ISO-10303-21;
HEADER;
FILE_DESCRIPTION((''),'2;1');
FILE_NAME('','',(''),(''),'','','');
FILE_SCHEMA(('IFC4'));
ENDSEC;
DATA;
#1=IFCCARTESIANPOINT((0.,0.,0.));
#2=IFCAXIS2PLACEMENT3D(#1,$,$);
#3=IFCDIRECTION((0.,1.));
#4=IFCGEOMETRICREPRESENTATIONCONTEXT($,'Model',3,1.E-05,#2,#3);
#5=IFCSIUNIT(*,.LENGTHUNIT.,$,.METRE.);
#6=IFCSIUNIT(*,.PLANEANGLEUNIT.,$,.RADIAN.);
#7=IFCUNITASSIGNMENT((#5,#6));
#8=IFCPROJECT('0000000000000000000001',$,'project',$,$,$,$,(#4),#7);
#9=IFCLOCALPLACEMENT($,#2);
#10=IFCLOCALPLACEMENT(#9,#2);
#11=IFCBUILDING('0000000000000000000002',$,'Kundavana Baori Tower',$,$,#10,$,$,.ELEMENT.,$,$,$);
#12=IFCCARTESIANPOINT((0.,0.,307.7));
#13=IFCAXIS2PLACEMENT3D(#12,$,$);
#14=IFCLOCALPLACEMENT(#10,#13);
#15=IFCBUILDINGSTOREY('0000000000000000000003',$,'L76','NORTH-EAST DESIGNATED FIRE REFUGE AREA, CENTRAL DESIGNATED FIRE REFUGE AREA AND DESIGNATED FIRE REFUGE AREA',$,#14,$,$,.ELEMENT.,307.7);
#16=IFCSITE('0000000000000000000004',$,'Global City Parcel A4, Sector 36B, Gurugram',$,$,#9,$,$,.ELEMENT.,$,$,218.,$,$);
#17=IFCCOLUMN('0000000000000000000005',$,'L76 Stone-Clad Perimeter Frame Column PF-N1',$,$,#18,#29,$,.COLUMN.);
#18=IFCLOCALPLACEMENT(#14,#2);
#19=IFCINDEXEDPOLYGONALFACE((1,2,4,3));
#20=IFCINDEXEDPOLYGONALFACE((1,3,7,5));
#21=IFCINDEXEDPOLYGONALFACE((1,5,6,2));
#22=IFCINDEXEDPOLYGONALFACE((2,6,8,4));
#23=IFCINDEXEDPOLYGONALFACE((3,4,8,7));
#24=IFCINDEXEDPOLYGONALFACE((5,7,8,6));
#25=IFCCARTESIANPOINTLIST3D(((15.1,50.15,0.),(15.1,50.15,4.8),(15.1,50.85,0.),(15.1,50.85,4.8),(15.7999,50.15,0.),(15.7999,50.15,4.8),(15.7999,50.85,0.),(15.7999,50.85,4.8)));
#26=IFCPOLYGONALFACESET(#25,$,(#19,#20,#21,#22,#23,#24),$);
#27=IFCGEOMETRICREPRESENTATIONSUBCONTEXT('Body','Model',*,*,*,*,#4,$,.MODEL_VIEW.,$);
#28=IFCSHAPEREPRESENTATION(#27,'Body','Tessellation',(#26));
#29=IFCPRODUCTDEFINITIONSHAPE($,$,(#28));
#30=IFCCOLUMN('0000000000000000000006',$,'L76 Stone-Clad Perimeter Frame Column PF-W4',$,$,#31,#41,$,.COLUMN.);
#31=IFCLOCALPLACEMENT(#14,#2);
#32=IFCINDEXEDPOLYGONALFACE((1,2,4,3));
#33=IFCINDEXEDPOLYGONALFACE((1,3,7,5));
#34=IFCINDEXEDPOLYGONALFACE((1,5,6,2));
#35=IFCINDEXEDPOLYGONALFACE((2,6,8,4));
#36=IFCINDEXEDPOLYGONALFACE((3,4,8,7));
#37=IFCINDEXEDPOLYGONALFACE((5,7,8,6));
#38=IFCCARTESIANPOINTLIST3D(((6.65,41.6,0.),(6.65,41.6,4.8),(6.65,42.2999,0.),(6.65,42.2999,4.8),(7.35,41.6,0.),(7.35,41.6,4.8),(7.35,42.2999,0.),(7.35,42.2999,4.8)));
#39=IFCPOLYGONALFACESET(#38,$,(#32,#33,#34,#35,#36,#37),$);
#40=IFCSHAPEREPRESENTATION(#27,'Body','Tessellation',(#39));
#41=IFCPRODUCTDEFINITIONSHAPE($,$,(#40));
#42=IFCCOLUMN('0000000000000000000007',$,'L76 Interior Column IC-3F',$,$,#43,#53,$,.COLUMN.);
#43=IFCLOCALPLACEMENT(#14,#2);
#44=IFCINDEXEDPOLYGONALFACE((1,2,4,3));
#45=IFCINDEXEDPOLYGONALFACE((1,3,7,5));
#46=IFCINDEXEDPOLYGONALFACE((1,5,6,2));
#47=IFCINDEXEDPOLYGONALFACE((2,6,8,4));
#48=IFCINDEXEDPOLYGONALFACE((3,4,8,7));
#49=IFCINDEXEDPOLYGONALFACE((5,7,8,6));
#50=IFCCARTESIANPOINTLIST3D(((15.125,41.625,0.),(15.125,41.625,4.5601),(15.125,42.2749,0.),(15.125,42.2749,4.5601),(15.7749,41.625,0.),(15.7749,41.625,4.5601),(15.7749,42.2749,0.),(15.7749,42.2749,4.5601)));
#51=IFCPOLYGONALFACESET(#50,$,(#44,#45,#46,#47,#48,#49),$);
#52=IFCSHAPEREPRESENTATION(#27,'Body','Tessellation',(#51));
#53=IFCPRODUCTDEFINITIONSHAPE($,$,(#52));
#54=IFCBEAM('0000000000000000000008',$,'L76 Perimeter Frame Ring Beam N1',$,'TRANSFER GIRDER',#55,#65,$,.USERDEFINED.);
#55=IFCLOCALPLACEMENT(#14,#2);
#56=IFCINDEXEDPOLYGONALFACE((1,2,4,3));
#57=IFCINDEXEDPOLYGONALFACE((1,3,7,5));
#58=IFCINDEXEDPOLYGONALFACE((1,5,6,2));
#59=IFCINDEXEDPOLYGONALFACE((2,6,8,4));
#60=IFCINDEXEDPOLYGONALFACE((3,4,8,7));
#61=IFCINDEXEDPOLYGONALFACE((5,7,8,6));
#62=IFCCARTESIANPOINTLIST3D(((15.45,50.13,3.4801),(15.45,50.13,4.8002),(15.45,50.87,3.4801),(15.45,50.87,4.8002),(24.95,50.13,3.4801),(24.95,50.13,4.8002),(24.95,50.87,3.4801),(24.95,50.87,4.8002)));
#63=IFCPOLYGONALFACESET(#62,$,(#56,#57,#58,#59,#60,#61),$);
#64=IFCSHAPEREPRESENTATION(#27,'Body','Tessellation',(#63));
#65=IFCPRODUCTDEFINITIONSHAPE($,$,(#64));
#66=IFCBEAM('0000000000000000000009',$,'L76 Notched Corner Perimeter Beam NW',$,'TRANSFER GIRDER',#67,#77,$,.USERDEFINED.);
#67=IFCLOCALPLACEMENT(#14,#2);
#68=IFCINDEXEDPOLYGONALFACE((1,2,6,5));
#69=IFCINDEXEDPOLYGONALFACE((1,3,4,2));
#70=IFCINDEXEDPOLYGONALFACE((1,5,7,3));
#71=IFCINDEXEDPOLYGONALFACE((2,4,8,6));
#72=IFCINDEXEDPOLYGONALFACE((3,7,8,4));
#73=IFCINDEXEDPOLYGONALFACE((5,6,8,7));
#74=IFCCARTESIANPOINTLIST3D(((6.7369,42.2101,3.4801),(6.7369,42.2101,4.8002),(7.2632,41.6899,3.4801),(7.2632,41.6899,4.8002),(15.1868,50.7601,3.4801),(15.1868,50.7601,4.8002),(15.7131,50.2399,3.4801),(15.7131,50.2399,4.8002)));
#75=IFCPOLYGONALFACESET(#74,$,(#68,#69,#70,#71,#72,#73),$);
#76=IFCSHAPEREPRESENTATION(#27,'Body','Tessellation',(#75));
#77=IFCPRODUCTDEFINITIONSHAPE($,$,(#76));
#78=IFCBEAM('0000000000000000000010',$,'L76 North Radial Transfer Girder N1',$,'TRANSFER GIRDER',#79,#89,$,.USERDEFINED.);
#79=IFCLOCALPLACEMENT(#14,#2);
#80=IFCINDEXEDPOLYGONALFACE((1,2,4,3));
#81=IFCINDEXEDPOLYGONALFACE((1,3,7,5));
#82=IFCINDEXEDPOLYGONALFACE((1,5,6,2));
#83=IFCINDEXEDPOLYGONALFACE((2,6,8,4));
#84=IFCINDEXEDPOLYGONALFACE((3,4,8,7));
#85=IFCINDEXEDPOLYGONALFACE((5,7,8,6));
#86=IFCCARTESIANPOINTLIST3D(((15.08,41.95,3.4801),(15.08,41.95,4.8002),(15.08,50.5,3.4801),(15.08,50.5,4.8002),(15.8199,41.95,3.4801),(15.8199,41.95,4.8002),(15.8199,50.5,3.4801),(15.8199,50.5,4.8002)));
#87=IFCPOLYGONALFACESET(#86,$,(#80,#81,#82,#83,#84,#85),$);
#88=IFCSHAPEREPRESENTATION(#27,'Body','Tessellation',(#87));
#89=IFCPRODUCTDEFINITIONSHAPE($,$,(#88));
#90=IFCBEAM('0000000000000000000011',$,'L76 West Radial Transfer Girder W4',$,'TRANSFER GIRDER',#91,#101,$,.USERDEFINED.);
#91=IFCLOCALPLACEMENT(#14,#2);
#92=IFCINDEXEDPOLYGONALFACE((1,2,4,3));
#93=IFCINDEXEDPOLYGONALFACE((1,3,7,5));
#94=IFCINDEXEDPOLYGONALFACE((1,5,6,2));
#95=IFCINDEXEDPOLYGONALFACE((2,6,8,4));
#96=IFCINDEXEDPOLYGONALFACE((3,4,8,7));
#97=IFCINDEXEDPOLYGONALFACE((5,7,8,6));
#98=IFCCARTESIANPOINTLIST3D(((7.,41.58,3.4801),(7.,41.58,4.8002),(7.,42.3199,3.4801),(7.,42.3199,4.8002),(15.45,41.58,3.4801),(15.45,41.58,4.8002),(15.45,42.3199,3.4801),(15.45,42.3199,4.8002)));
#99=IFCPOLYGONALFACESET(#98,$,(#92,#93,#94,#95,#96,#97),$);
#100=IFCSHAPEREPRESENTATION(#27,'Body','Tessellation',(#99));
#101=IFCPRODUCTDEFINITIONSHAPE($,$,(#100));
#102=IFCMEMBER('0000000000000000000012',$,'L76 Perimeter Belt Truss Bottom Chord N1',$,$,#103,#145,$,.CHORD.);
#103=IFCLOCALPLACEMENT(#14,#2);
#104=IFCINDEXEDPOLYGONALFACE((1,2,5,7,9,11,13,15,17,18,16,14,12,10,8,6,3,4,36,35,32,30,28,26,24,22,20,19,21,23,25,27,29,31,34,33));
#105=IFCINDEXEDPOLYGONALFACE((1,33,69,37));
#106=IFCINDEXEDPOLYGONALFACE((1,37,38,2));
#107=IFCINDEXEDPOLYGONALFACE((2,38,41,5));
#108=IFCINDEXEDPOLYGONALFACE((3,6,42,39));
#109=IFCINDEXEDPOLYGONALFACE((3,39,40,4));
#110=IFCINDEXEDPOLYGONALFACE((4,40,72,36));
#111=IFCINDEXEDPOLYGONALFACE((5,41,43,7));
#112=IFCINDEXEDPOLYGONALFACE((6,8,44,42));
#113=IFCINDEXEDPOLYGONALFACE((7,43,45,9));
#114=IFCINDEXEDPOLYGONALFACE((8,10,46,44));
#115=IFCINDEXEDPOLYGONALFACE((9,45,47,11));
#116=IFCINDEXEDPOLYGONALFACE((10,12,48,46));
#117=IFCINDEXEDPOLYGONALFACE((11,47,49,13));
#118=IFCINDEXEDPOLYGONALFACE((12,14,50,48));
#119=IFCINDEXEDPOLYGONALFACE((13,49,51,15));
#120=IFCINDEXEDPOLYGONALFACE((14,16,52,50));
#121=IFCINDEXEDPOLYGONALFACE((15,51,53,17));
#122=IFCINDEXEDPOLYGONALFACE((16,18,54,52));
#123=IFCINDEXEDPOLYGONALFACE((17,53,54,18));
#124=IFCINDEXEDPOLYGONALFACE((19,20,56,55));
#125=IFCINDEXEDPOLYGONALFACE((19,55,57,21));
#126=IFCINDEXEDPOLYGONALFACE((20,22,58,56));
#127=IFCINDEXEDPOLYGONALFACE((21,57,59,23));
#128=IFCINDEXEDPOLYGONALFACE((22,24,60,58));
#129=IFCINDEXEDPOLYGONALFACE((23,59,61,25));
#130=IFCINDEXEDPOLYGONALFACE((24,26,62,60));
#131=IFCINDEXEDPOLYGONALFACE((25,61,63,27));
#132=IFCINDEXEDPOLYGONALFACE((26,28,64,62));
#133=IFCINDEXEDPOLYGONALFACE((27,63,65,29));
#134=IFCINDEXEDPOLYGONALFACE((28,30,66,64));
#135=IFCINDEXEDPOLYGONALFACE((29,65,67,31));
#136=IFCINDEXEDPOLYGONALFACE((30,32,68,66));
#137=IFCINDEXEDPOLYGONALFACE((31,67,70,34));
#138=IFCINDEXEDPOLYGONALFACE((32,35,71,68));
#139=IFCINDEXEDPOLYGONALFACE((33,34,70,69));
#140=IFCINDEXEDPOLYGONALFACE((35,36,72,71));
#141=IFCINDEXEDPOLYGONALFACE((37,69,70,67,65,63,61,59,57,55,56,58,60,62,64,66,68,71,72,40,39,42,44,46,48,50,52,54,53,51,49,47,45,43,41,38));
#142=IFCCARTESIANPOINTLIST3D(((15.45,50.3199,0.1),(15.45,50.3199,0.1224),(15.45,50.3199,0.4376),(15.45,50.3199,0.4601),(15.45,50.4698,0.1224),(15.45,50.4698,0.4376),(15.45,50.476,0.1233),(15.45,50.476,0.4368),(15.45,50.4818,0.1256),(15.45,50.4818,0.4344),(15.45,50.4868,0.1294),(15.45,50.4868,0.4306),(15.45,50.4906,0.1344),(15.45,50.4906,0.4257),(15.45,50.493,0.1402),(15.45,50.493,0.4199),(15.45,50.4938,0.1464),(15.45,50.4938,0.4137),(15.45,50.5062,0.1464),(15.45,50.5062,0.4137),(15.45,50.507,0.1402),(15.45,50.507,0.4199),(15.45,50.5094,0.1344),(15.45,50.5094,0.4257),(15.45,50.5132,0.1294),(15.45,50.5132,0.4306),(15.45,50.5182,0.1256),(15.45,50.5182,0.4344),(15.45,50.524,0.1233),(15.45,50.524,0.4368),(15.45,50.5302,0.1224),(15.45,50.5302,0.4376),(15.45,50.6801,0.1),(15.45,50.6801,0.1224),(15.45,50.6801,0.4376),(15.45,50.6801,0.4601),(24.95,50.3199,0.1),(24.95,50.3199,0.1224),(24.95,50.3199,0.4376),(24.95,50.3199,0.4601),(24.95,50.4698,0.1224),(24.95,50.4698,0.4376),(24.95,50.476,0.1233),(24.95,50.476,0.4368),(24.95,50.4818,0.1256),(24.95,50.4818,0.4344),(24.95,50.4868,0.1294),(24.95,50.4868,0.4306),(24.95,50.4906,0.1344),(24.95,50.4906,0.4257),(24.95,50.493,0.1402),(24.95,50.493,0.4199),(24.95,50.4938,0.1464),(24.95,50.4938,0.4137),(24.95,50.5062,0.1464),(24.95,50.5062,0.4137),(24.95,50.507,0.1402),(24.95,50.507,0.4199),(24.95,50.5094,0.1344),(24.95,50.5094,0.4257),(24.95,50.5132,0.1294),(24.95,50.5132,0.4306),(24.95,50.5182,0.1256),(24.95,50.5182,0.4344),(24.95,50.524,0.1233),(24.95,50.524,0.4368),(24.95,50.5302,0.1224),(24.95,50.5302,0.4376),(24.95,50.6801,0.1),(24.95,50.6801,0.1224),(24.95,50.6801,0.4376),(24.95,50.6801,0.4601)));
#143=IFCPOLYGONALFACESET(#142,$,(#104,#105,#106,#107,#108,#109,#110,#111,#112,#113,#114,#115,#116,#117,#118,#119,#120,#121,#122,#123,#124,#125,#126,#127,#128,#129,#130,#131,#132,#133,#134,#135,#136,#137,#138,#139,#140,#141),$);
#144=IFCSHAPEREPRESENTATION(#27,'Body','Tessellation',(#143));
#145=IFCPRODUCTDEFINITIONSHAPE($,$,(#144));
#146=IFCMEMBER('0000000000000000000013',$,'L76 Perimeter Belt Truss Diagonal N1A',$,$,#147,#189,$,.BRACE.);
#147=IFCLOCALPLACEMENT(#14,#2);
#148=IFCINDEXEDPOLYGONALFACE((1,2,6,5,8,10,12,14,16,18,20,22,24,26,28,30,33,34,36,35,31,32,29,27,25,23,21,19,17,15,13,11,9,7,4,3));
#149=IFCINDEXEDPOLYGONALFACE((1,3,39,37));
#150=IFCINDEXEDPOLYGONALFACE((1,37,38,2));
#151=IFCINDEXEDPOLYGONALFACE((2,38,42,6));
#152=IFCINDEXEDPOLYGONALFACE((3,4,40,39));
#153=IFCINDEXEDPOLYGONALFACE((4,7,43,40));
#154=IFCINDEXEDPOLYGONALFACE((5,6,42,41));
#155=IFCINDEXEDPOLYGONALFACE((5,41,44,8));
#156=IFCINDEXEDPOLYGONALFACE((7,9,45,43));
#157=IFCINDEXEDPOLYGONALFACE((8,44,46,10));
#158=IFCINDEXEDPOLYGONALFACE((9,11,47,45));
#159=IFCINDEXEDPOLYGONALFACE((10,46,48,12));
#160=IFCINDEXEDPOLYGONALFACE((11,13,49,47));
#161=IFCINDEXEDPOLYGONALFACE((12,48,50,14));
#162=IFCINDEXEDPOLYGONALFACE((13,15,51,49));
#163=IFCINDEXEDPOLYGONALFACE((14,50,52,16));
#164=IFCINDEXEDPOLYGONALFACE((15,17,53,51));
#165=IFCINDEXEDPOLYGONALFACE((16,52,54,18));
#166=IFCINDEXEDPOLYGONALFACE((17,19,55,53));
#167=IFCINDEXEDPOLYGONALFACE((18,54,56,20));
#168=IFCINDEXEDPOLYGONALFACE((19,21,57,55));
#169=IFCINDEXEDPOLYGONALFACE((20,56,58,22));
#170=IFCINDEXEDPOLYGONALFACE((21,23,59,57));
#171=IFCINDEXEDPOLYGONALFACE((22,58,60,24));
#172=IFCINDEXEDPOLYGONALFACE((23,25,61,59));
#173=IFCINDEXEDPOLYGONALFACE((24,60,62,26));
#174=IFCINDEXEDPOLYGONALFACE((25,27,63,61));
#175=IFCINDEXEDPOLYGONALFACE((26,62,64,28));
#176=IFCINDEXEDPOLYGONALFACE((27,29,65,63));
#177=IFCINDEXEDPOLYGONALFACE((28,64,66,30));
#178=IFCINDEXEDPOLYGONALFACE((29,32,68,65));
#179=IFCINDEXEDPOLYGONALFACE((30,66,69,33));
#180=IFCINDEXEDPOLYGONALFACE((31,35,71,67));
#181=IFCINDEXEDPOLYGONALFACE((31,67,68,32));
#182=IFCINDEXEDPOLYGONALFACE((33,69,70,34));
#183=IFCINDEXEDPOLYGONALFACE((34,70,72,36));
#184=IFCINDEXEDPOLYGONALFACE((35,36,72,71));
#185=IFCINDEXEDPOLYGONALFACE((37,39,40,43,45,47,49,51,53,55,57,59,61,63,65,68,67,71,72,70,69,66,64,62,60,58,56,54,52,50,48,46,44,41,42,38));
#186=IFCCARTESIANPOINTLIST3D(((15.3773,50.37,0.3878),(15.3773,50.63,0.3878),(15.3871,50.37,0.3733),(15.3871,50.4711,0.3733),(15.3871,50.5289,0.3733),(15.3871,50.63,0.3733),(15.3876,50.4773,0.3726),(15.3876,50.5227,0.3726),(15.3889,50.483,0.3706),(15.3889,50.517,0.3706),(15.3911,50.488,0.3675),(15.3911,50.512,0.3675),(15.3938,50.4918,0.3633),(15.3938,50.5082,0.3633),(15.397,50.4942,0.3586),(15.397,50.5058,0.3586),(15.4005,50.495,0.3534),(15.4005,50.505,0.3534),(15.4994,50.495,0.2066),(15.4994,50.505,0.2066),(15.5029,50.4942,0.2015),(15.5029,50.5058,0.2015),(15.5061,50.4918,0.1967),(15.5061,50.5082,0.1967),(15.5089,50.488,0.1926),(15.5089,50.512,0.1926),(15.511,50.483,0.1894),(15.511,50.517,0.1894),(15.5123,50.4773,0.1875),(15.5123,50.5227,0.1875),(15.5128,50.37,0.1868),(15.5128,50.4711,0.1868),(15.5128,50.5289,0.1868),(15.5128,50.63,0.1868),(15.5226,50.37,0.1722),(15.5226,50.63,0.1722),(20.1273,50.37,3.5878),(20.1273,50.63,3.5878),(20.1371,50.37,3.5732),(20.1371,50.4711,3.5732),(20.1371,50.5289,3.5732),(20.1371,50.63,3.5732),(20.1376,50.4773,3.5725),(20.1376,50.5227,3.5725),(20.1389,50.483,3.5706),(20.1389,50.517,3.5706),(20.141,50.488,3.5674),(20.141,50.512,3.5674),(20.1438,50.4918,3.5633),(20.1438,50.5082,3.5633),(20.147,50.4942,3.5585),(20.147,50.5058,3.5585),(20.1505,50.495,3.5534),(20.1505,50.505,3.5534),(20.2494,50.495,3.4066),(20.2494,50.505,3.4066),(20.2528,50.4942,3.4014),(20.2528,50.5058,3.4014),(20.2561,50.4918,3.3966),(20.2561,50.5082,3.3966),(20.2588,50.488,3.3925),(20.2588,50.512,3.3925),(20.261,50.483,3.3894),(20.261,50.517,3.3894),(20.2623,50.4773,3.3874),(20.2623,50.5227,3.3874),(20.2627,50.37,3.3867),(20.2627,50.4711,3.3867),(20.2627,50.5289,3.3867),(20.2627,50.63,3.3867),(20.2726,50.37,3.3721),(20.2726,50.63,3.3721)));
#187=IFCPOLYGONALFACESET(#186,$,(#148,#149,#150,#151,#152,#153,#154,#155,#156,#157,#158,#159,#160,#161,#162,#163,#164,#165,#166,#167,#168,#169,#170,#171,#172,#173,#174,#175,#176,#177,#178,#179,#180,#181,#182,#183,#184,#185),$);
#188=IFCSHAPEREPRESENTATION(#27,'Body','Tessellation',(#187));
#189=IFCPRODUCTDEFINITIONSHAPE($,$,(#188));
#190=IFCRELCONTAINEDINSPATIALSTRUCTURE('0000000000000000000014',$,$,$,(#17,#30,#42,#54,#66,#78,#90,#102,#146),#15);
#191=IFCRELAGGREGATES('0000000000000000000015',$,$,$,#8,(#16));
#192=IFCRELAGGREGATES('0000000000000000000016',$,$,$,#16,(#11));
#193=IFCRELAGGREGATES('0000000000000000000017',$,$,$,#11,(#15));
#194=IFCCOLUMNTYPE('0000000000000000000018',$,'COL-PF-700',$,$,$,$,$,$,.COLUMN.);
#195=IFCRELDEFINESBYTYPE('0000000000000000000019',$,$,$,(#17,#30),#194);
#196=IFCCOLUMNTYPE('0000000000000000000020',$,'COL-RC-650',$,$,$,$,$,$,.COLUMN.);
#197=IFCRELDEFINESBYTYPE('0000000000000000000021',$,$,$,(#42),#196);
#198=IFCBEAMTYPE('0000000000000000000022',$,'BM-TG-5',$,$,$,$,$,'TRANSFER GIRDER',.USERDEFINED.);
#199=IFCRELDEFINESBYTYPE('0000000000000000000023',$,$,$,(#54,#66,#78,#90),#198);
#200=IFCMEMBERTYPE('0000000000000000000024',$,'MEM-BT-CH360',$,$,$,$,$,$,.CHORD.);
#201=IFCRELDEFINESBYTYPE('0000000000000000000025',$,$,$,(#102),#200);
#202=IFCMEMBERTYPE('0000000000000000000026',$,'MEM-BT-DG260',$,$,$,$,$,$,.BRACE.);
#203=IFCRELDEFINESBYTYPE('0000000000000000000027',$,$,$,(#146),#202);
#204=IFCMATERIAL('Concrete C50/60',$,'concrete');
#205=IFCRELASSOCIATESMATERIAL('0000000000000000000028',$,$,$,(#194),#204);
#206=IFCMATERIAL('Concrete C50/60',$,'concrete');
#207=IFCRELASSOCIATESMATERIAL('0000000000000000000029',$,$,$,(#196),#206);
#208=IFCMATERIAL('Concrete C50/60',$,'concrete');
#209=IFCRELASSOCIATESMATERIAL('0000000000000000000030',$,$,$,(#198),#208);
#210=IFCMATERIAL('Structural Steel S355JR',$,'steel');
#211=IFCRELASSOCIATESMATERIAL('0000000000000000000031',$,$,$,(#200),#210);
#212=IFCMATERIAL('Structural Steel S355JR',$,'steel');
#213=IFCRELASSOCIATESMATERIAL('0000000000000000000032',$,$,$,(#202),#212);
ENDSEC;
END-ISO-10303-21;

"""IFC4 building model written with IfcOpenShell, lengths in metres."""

from ifc_helpers import new_model, si_unit, direction, frame, origin, origin_2d, place, context, subcontext, project, spatial, rectangle, i_section, extrude, material, material_profile, profile_set, type_object, element, save


model = new_model("IFC4")

# Units and contexts
model_context = context("Model", 3, precision=1e-05, world=origin(), true_north=direction((0.0, 1.0)))
body_context = subcontext(model_context, "Body", "Model", "MODEL_VIEW")
ifc_project = project(units=[si_unit("LENGTHUNIT", "METRE"), si_unit("PLANEANGLEUNIT", "RADIAN")], contexts=[model_context])

# Site, building, storey
site_placement = place(None, origin())
site = spatial("IfcSite", under=ifc_project, at=site_placement, Name="Global City Parcel A4, Sector 36B, Gurugram", CompositionType="ELEMENT", RefElevation=218.0)
building_placement = place(site_placement, origin())
building = spatial("IfcBuilding", under=site, at=building_placement, Name="Kundavana Baori Tower", CompositionType="ELEMENT")
storey_placement = place(building_placement, frame((0.0, 0.0, 307.7)))
storey = spatial("IfcBuildingStorey", under=building, at=storey_placement, Name="L76", Description="NORTH-EAST DESIGNATED FIRE REFUGE AREA, CENTRAL DESIGNATED FIRE REFUGE AREA AND DESIGNATED FIRE REFUGE AREA", CompositionType="ELEMENT", Elevation=307.7)

# Columns
ifc_material_1 = material(Name="Concrete C50/60", Category="concrete")
ifc_material_profile_1 = material_profile(ifc_material_1, rectangle(XDim=0.7, YDim=0.7, at=origin_2d()), Name="RC PF 700x700")
ifc_profile_set_1 = profile_set([ifc_material_profile_1], Name="Concrete C50/60")
column_type_1 = type_object("IfcColumnType", Name="COL-PF-700", PredefinedType="COLUMN", material=ifc_profile_set_1)
for number, where, z_axis, x_axis, name in (
    (1, (15.45, 50.5, 0.0), (0.0, 0.0, 1.0), (1.0, 0.0, 0.0), "L76 Stone-Clad Perimeter Frame Column PF-N1"),
    (2, (7.0, 41.95, 0.0), (0.0, 0.0, 1.0), (1.0, 0.0, 0.0), "L76 Stone-Clad Perimeter Frame Column PF-W4"),
):
    element("IfcColumn", number, at=place(storey_placement, frame(where, z_axis=z_axis, x_axis=x_axis)), inside=storey, type_object=column_type_1, Name=name, PredefinedType="COLUMN", context=body_context, shape_type="SweptSolid", body=[
        extrude(rectangle(XDim=0.7, YDim=0.7, at=origin_2d()), origin(), (0.0, 0.0, 1.0), 4.8),
    ])
ifc_material_2 = material(Name="Concrete C50/60", Category="concrete")
ifc_material_profile_2 = material_profile(ifc_material_2, rectangle(XDim=0.6499, YDim=0.6499, at=origin_2d()), Name="RC 650x650")
ifc_profile_set_2 = profile_set([ifc_material_profile_2], Name="Concrete C50/60")
column_type_2 = type_object("IfcColumnType", Name="COL-RC-650", PredefinedType="COLUMN", material=ifc_profile_set_2)
column_placement = place(storey_placement, frame((15.45, 41.95, 0.0), z_axis=(0.0, 0.0, 1.0), x_axis=(1.0, 0.0, 0.0)))
element("IfcColumn", 3, at=column_placement, inside=storey, type_object=column_type_2, Name="L76 Interior Column IC-3F", PredefinedType="COLUMN", context=body_context, shape_type="SweptSolid", body=[
    extrude(rectangle(XDim=0.6499, YDim=0.6499, at=origin_2d()), origin(), (0.0, 0.0, 1.0), 4.5601),
])

# Beams
ifc_material_3 = material(Name="Concrete C50/60", Category="concrete")
ifc_material_profile_3 = material_profile(ifc_material_3, rectangle(XDim=0.74, YDim=1.3201, at=origin_2d()), Name="BM-TG-5")
ifc_profile_set_3 = profile_set([ifc_material_profile_3], Name="Concrete C50/60")
beam_type = type_object("IfcBeamType", Name="BM-TG-5", ElementType="TRANSFER GIRDER", PredefinedType="USERDEFINED", material=ifc_profile_set_3)
beam_1_placement = place(storey_placement, frame((15.45, 50.5, 4.1401), z_axis=(1.0, 0.0, 0.0), x_axis=(0.0, 1.0, 0.0)))
element("IfcBeam", 4, at=beam_1_placement, inside=storey, type_object=beam_type, Name="L76 Perimeter Frame Ring Beam N1", ObjectType="TRANSFER GIRDER", PredefinedType="USERDEFINED", context=body_context, shape_type="SweptSolid", body=[
    extrude(rectangle(XDim=0.74, YDim=1.3201, at=origin_2d()), origin(), (0.0, 0.0, 1.0), 9.5),
])
beam_2_placement = place(storey_placement, frame((15.45, 50.5, 4.1401), z_axis=(-0.702931, -0.711258, 0.0), x_axis=(0.711258, -0.702931, 0.0)))
element("IfcBeam", 5, at=beam_2_placement, inside=storey, type_object=beam_type, Name="L76 Notched Corner Perimeter Beam NW", ObjectType="TRANSFER GIRDER", PredefinedType="USERDEFINED", context=body_context, shape_type="SweptSolid", body=[
    extrude(rectangle(XDim=0.74, YDim=1.3201, at=origin_2d()), origin(), (0.0, 0.0, 1.0), 12.021),
])
beam_3_placement = place(storey_placement, frame((15.45, 41.95, 4.1401), z_axis=(0.0, 1.0, 0.0), x_axis=(-1.0, 0.0, 0.0)))
element("IfcBeam", 6, at=beam_3_placement, inside=storey, type_object=beam_type, Name="L76 North Radial Transfer Girder N1", ObjectType="TRANSFER GIRDER", PredefinedType="USERDEFINED", context=body_context, shape_type="SweptSolid", body=[
    extrude(rectangle(XDim=0.74, YDim=1.3201, at=origin_2d()), origin(), (0.0, 0.0, 1.0), 8.55),
])
beam_4_placement = place(storey_placement, frame((15.45, 41.95, 4.1401), z_axis=(-1.0, 0.0, 0.0), x_axis=(0.0, -1.0, 0.0)))
element("IfcBeam", 7, at=beam_4_placement, inside=storey, type_object=beam_type, Name="L76 West Radial Transfer Girder W4", ObjectType="TRANSFER GIRDER", PredefinedType="USERDEFINED", context=body_context, shape_type="SweptSolid", body=[
    extrude(rectangle(XDim=0.74, YDim=1.3201, at=origin_2d()), origin(), (0.0, 0.0, 1.0), 8.45),
])

# Members
ifc_material_4 = material(Name="Structural Steel S355JR", Category="steel")
ifc_material_profile_4 = material_profile(ifc_material_4, i_section(OverallWidth=0.3601, OverallDepth=0.3601, WebThickness=0.0125, FlangeThickness=0.0225, FilletRadius=0.0239, at=origin_2d()), Name="WPB 360x360x142")
ifc_profile_set_4 = profile_set([ifc_material_profile_4], Name="Structural Steel S355JR")
member_type_1 = type_object("IfcMemberType", Name="MEM-BT-CH360", PredefinedType="CHORD", material=ifc_profile_set_4)
member_1_placement = place(storey_placement, frame((15.45, 50.5, 0.28), z_axis=(1.0, 0.0, 0.0), x_axis=(0.0, 1.0, 0.0)))
element("IfcMember", 8, at=member_1_placement, inside=storey, type_object=member_type_1, Name="L76 Perimeter Belt Truss Bottom Chord N1", PredefinedType="CHORD", context=body_context, shape_type="SweptSolid", body=[
    extrude(i_section(OverallWidth=0.3601, OverallDepth=0.3601, WebThickness=0.0125, FlangeThickness=0.0225, FilletRadius=0.0239, at=origin_2d()), origin(), (0.0, 0.0, 1.0), 9.5),
])
ifc_material_5 = material(Name="Structural Steel S355JR", Category="steel")
ifc_material_profile_5 = material_profile(ifc_material_5, i_section(OverallWidth=0.26, OverallDepth=0.26, WebThickness=0.01, FlangeThickness=0.0176, FilletRadius=0.0239, at=origin_2d()), Name="WPB 260x260x93")
ifc_profile_set_5 = profile_set([ifc_material_profile_5], Name="Structural Steel S355JR")
member_type_2 = type_object("IfcMemberType", Name="MEM-BT-DG260", PredefinedType="BRACE", material=ifc_profile_set_5)
member_2_placement = place(storey_placement, frame((15.45, 50.5, 0.28), z_axis=(0.829358, 0.0, 0.558717), x_axis=(0.0, 1.0, 0.0)))
element("IfcMember", 9, at=member_2_placement, inside=storey, type_object=member_type_2, Name="L76 Perimeter Belt Truss Diagonal N1A", PredefinedType="BRACE", context=body_context, shape_type="SweptSolid", body=[
    extrude(i_section(OverallWidth=0.26, OverallDepth=0.26, WebThickness=0.01, FlangeThickness=0.0176, FilletRadius=0.0239, at=origin_2d()), origin(), (0.0, 0.0, 1.0), 5.7273),
])

save(model, "model.ifc")
